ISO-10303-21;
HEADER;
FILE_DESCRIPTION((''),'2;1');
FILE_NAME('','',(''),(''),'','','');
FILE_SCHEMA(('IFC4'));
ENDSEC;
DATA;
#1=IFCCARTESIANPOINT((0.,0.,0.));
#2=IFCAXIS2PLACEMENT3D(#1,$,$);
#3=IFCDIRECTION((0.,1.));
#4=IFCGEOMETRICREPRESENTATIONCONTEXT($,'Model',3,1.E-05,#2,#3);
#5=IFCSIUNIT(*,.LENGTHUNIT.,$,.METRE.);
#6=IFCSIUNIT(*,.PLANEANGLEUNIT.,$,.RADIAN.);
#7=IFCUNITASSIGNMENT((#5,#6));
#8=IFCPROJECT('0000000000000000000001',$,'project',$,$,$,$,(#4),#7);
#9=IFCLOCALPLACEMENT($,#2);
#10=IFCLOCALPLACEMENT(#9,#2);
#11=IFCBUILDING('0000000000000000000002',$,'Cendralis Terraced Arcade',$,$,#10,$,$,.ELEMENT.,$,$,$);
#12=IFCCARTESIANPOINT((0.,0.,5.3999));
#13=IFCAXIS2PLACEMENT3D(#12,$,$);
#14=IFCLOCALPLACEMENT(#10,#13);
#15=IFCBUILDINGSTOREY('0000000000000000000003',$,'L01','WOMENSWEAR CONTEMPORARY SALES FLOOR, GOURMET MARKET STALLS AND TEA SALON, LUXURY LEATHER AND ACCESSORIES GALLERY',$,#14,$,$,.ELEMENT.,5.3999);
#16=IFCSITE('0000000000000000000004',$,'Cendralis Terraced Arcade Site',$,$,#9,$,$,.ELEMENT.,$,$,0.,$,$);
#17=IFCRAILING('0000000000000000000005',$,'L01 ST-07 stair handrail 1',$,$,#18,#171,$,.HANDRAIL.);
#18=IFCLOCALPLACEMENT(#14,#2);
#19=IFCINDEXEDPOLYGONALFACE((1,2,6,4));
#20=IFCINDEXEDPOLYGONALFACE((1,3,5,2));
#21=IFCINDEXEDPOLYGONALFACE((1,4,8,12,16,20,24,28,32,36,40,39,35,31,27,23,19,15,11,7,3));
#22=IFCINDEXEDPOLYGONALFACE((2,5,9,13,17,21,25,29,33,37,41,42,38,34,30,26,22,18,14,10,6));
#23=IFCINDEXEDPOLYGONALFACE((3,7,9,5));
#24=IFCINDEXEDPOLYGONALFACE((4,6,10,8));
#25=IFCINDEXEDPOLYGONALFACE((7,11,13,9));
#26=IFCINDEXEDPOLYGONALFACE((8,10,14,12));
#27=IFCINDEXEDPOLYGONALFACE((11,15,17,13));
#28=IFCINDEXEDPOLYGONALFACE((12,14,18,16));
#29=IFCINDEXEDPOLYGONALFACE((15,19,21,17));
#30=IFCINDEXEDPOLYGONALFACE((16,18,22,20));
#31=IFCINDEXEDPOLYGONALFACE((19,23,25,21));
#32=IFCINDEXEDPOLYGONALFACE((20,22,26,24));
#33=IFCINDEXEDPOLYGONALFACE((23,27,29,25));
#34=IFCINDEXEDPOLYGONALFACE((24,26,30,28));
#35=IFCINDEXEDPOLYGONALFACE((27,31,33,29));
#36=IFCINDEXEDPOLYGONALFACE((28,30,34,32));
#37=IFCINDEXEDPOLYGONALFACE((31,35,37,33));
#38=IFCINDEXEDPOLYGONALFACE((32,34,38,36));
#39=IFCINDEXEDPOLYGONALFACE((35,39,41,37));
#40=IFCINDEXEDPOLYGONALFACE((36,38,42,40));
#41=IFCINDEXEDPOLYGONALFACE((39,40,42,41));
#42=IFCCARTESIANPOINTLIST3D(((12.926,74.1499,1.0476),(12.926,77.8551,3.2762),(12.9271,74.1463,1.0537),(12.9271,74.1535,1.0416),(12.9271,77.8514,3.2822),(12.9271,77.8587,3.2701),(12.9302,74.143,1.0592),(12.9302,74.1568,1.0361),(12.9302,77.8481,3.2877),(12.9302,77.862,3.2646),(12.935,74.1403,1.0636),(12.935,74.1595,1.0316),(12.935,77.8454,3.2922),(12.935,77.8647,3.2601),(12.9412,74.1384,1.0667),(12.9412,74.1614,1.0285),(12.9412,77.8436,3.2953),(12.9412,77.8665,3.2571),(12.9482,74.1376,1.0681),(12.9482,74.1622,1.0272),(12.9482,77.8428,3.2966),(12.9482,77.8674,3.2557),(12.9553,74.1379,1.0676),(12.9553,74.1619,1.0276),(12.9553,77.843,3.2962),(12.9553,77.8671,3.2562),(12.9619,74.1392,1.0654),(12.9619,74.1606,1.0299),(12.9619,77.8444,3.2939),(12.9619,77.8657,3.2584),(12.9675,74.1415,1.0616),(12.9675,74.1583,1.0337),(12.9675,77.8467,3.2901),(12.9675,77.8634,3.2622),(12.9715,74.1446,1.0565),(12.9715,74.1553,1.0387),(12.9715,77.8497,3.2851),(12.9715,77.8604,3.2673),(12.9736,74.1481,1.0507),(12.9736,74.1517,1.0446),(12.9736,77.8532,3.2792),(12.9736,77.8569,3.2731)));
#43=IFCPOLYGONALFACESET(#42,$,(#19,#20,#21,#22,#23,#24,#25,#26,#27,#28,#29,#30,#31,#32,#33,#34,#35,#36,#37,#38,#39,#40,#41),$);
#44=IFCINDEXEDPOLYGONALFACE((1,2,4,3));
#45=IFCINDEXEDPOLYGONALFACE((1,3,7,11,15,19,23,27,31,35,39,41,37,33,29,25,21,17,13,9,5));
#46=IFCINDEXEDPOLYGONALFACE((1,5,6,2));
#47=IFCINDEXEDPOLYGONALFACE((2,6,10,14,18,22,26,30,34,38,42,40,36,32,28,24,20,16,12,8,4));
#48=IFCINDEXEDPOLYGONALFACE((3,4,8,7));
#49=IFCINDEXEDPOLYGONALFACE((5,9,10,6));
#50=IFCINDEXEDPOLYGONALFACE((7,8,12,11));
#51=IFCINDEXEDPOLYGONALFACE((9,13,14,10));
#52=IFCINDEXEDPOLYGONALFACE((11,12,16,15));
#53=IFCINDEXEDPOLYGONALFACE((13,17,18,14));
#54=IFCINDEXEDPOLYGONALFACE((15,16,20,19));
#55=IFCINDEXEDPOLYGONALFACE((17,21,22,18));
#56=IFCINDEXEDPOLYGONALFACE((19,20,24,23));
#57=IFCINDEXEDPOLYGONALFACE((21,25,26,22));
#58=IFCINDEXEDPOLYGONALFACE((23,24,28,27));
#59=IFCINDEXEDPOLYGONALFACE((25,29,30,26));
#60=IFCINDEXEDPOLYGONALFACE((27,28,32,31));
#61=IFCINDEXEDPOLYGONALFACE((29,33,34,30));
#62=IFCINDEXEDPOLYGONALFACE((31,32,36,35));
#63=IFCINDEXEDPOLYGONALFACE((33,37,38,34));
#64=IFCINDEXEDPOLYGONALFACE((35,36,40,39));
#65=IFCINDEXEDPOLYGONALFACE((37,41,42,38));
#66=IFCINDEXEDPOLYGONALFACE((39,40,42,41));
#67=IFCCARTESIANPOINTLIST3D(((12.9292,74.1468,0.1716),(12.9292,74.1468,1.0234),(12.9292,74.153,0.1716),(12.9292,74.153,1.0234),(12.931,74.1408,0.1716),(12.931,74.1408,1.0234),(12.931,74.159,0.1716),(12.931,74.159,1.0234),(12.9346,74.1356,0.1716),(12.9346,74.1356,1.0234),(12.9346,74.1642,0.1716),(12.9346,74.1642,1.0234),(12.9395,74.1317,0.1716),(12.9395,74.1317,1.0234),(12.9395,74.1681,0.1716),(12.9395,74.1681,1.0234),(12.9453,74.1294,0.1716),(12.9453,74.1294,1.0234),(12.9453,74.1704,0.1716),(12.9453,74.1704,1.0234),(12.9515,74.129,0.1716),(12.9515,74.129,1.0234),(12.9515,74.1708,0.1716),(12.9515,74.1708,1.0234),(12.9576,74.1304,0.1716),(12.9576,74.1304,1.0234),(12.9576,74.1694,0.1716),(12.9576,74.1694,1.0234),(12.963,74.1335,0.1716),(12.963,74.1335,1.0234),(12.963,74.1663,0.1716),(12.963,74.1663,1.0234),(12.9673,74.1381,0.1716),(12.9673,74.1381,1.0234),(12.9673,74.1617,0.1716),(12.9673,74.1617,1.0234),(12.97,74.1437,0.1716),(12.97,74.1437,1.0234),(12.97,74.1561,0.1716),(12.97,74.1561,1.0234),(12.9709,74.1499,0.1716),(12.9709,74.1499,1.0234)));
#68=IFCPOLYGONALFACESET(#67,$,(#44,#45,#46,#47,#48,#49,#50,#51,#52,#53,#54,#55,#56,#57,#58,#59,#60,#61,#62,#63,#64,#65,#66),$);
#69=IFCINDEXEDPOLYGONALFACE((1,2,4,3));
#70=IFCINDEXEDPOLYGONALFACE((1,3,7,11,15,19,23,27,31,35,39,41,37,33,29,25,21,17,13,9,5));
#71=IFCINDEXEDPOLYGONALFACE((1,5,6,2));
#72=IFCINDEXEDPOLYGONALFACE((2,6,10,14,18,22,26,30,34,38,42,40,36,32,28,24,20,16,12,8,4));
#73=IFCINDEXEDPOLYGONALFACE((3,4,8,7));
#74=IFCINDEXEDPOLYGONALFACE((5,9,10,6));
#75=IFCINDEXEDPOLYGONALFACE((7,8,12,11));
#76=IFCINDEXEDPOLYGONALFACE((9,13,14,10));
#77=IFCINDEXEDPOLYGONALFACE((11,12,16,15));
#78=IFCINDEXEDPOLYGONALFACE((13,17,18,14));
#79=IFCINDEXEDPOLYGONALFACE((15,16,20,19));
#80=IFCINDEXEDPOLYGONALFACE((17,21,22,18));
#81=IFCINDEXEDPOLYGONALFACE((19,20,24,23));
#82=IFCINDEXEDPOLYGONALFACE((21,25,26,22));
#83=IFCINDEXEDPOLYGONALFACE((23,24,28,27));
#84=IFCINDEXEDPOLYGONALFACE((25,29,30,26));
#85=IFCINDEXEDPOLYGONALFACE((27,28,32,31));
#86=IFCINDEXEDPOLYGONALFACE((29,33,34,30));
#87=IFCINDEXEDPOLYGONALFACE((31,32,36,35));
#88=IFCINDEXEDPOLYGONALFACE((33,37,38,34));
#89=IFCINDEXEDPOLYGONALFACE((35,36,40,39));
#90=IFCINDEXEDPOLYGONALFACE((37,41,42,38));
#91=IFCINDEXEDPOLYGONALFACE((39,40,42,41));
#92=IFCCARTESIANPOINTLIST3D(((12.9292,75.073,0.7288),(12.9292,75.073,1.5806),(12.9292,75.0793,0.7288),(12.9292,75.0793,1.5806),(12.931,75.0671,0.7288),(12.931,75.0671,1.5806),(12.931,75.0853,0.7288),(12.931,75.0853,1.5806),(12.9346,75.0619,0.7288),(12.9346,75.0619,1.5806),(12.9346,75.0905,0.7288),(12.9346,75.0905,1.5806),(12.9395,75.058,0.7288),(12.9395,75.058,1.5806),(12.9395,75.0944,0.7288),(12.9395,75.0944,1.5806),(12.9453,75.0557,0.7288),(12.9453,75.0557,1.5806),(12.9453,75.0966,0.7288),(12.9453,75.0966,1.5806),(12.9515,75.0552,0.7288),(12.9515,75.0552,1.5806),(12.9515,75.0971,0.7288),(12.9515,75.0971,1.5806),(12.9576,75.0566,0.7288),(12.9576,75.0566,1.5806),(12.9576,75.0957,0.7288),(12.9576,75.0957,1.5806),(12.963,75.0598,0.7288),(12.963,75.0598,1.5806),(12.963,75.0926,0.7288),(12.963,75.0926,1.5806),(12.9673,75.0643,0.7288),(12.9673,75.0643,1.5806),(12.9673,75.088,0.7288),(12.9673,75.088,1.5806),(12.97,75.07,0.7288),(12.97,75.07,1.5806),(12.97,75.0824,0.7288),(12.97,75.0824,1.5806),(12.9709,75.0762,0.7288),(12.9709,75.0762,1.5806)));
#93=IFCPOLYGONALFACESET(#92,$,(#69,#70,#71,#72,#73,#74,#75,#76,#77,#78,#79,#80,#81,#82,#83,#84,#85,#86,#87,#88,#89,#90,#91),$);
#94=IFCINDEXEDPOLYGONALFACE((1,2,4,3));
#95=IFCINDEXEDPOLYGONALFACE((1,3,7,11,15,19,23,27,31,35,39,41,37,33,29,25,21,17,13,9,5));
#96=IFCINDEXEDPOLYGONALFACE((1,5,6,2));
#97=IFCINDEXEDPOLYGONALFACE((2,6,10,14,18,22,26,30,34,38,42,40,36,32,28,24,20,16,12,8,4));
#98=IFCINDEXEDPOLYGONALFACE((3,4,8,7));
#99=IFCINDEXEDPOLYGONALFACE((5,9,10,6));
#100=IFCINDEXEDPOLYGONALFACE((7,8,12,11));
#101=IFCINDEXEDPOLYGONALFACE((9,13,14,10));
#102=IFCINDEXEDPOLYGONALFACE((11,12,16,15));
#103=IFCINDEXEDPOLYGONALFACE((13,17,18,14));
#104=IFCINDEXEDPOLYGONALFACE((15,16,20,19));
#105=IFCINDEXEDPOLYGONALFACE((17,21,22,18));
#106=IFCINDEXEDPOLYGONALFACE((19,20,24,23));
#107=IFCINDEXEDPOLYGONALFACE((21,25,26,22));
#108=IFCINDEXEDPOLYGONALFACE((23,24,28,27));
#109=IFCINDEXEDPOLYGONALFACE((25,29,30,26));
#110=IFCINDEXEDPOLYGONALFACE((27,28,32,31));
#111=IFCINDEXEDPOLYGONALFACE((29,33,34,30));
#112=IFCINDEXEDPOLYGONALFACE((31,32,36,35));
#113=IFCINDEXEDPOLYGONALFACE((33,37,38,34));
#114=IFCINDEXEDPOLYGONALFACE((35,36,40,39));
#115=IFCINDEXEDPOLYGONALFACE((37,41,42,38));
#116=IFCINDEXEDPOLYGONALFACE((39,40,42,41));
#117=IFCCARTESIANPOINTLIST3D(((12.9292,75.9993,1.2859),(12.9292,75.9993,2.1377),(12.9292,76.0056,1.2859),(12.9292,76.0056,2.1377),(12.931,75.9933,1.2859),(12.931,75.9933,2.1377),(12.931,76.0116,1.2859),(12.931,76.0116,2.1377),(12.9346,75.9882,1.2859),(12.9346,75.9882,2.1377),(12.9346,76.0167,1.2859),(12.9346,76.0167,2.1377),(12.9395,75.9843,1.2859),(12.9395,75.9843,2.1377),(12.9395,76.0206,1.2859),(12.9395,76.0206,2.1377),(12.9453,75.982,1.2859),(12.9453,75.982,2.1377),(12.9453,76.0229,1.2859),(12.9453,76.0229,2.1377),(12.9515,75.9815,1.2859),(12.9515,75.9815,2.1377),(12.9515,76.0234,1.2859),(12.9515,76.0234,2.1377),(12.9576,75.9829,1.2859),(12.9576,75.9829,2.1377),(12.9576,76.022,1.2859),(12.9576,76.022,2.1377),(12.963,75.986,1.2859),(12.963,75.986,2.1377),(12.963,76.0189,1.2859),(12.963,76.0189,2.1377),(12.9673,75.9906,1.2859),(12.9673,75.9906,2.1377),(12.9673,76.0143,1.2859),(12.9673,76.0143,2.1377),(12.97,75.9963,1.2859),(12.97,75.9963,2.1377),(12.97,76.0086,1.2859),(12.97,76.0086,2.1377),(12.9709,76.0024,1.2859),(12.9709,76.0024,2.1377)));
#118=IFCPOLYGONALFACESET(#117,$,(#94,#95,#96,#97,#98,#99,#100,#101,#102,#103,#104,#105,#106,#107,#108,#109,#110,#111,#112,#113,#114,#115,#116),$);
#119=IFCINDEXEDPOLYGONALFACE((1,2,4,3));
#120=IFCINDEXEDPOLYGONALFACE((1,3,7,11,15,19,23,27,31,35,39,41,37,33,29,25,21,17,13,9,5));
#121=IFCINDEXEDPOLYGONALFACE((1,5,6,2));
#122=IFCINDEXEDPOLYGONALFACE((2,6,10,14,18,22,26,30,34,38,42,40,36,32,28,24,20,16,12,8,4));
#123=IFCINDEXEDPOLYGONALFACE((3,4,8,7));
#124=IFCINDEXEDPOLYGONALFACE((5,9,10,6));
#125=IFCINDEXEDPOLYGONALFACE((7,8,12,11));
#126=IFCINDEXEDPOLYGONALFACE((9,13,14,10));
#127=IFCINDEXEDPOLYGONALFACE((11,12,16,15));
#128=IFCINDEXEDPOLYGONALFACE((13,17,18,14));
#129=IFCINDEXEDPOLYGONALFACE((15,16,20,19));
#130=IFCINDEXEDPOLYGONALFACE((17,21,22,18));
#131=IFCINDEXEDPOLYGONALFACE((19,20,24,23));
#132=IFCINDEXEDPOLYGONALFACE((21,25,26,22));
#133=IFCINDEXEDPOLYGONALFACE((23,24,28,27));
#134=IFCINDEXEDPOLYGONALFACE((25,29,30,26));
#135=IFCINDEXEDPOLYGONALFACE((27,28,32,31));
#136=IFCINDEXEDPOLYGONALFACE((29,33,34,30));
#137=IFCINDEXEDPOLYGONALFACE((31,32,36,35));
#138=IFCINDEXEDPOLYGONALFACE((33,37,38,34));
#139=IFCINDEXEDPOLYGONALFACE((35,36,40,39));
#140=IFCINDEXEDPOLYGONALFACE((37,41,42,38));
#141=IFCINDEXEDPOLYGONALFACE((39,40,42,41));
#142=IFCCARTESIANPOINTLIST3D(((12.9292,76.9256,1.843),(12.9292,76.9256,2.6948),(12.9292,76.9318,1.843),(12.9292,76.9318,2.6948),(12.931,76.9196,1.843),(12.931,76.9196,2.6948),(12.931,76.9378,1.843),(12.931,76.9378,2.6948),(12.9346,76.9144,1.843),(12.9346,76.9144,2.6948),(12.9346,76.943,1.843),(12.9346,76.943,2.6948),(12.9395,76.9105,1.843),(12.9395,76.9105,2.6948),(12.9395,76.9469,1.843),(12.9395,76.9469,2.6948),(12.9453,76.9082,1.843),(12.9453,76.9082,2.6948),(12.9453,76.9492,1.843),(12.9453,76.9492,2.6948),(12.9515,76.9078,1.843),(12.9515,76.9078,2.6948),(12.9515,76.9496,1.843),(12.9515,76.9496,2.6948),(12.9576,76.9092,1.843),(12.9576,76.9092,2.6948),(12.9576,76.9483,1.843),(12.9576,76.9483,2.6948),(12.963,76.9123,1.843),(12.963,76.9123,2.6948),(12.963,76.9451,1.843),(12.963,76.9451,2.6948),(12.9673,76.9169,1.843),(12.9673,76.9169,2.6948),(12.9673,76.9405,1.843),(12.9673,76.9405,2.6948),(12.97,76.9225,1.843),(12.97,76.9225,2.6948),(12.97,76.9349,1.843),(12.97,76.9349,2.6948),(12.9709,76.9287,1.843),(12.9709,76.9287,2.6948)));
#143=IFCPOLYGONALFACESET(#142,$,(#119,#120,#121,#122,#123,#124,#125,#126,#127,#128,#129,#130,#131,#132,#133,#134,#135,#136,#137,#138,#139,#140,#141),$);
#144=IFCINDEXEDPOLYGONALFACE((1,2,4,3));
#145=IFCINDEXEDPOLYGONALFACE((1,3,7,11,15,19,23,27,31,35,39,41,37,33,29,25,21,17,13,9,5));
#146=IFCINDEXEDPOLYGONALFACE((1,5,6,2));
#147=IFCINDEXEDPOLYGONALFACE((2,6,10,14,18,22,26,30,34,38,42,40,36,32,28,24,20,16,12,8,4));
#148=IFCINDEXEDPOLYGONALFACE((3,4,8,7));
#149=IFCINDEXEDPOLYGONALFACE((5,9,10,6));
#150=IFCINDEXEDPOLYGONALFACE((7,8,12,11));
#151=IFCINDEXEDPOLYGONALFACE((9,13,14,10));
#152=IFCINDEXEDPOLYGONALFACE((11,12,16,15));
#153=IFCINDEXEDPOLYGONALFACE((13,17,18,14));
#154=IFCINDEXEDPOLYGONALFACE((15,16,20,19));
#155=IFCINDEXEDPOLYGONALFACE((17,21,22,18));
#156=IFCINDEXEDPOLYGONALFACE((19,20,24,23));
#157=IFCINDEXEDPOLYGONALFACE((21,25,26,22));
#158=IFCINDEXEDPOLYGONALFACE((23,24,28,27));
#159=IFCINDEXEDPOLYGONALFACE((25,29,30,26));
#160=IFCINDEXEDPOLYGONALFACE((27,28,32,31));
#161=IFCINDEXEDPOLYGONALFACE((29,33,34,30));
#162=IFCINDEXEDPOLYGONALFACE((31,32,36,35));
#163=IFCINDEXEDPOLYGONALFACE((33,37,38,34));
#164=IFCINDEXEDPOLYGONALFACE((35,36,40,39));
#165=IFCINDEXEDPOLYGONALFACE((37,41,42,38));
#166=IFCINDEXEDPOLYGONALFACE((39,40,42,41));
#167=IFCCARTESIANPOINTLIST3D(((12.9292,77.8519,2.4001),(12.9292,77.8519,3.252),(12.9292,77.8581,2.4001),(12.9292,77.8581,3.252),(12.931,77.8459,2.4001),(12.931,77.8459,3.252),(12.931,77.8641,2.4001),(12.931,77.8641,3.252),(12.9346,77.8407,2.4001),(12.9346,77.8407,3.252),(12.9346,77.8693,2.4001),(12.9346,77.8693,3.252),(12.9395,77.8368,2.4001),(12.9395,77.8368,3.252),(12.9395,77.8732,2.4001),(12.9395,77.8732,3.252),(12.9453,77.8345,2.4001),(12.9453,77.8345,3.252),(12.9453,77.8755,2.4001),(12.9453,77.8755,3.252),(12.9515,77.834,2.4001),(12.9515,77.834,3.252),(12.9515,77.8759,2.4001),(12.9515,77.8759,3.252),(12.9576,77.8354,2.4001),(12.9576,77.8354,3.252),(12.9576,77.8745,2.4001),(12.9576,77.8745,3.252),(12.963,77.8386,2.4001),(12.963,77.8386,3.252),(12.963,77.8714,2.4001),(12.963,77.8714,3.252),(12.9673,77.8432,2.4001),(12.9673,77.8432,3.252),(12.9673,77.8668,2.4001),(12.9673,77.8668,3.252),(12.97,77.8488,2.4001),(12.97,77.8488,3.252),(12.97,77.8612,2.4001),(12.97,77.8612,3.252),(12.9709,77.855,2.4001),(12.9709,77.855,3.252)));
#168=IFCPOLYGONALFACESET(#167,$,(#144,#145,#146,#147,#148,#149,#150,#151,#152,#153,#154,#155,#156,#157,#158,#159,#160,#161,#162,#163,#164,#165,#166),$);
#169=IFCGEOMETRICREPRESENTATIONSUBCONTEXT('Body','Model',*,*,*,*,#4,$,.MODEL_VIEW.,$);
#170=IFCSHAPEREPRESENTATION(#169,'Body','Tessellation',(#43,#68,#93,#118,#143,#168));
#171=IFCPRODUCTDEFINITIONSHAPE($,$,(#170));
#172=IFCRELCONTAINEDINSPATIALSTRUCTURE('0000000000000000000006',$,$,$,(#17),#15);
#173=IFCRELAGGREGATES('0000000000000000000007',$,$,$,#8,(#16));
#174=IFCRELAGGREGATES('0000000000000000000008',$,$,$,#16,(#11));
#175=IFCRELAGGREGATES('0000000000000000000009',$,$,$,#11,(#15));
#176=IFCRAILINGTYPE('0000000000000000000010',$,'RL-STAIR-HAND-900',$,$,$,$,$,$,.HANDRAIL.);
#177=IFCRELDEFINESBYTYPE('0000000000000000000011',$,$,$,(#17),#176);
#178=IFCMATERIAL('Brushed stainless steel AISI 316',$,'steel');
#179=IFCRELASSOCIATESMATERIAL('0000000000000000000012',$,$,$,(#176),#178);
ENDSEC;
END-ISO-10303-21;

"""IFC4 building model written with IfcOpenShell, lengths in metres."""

from ifc_helpers import new_model, si_unit, direction, frame, origin, origin_2d, place, context, subcontext, project, spatial, circle, extrude, material, type_object, element, save


model = new_model("IFC4")

# Units and contexts
model_context = context("Model", 3, precision=1e-05, world=origin(), true_north=direction((0.0, 1.0)))
body_context = subcontext(model_context, "Body", "Model", "MODEL_VIEW")
ifc_project = project(units=[si_unit("LENGTHUNIT", "METRE"), si_unit("PLANEANGLEUNIT", "RADIAN")], contexts=[model_context])

# Site, building, storey
site_placement = place(None, origin())
site = spatial("IfcSite", under=ifc_project, at=site_placement, Name="Cendralis Terraced Arcade Site", CompositionType="ELEMENT", RefElevation=0.0)
building_placement = place(site_placement, origin())
building = spatial("IfcBuilding", under=site, at=building_placement, Name="Cendralis Terraced Arcade", CompositionType="ELEMENT")
storey_placement = place(building_placement, frame((0.0, 0.0, 5.3999)))
storey = spatial("IfcBuildingStorey", under=building, at=storey_placement, Name="L01", Description="WOMENSWEAR CONTEMPORARY SALES FLOOR, GOURMET MARKET STALLS AND TEA SALON, LUXURY LEATHER AND ACCESSORIES GALLERY", CompositionType="ELEMENT", Elevation=5.3999)

# Railing
ifc_material_1 = material(Name="Brushed stainless steel AISI 316", Category="steel")
railing_type_1 = type_object("IfcRailingType", Name="RL-STAIR-HAND-900", PredefinedType="HANDRAIL", material=ifc_material_1)
railing_1_placement = place(storey_placement, frame((12.95, 74.1499, 0.1716)))
element("IfcRailing", 1, at=railing_1_placement, inside=storey, type_object=railing_type_1, Name="L01 ST-07 stair handrail 1", PredefinedType="HANDRAIL", context=body_context, shape_type="SweptSolid", body=[
    extrude(circle(Radius=0.0239, at=origin_2d()), frame((0.0, 0.0, 0.876), z_axis=(0.0, 0.856934, 0.515425), x_axis=(-1.0, 0.0, 0.0)), (0.0, 0.0, 1.0), 4.3237),
    extrude(circle(Radius=0.021, at=origin_2d()), origin(), (0.0, 0.0, 1.0), 0.8518),
    extrude(circle(Radius=0.021, at=origin_2d()), frame((0.0, 0.9263, 0.5571)), (0.0, 0.0, 1.0), 0.8518),
    extrude(circle(Radius=0.021, at=origin_2d()), frame((0.0, 1.8525, 1.1143)), (0.0, 0.0, 1.0), 0.8518),
    extrude(circle(Radius=0.021, at=origin_2d()), frame((0.0, 2.7788, 1.6714)), (0.0, 0.0, 1.0), 0.8518),
    extrude(circle(Radius=0.021, at=origin_2d()), frame((0.0, 3.7051, 2.2285)), (0.0, 0.0, 1.0), 0.8518),
])

save(model, "model.ifc")
